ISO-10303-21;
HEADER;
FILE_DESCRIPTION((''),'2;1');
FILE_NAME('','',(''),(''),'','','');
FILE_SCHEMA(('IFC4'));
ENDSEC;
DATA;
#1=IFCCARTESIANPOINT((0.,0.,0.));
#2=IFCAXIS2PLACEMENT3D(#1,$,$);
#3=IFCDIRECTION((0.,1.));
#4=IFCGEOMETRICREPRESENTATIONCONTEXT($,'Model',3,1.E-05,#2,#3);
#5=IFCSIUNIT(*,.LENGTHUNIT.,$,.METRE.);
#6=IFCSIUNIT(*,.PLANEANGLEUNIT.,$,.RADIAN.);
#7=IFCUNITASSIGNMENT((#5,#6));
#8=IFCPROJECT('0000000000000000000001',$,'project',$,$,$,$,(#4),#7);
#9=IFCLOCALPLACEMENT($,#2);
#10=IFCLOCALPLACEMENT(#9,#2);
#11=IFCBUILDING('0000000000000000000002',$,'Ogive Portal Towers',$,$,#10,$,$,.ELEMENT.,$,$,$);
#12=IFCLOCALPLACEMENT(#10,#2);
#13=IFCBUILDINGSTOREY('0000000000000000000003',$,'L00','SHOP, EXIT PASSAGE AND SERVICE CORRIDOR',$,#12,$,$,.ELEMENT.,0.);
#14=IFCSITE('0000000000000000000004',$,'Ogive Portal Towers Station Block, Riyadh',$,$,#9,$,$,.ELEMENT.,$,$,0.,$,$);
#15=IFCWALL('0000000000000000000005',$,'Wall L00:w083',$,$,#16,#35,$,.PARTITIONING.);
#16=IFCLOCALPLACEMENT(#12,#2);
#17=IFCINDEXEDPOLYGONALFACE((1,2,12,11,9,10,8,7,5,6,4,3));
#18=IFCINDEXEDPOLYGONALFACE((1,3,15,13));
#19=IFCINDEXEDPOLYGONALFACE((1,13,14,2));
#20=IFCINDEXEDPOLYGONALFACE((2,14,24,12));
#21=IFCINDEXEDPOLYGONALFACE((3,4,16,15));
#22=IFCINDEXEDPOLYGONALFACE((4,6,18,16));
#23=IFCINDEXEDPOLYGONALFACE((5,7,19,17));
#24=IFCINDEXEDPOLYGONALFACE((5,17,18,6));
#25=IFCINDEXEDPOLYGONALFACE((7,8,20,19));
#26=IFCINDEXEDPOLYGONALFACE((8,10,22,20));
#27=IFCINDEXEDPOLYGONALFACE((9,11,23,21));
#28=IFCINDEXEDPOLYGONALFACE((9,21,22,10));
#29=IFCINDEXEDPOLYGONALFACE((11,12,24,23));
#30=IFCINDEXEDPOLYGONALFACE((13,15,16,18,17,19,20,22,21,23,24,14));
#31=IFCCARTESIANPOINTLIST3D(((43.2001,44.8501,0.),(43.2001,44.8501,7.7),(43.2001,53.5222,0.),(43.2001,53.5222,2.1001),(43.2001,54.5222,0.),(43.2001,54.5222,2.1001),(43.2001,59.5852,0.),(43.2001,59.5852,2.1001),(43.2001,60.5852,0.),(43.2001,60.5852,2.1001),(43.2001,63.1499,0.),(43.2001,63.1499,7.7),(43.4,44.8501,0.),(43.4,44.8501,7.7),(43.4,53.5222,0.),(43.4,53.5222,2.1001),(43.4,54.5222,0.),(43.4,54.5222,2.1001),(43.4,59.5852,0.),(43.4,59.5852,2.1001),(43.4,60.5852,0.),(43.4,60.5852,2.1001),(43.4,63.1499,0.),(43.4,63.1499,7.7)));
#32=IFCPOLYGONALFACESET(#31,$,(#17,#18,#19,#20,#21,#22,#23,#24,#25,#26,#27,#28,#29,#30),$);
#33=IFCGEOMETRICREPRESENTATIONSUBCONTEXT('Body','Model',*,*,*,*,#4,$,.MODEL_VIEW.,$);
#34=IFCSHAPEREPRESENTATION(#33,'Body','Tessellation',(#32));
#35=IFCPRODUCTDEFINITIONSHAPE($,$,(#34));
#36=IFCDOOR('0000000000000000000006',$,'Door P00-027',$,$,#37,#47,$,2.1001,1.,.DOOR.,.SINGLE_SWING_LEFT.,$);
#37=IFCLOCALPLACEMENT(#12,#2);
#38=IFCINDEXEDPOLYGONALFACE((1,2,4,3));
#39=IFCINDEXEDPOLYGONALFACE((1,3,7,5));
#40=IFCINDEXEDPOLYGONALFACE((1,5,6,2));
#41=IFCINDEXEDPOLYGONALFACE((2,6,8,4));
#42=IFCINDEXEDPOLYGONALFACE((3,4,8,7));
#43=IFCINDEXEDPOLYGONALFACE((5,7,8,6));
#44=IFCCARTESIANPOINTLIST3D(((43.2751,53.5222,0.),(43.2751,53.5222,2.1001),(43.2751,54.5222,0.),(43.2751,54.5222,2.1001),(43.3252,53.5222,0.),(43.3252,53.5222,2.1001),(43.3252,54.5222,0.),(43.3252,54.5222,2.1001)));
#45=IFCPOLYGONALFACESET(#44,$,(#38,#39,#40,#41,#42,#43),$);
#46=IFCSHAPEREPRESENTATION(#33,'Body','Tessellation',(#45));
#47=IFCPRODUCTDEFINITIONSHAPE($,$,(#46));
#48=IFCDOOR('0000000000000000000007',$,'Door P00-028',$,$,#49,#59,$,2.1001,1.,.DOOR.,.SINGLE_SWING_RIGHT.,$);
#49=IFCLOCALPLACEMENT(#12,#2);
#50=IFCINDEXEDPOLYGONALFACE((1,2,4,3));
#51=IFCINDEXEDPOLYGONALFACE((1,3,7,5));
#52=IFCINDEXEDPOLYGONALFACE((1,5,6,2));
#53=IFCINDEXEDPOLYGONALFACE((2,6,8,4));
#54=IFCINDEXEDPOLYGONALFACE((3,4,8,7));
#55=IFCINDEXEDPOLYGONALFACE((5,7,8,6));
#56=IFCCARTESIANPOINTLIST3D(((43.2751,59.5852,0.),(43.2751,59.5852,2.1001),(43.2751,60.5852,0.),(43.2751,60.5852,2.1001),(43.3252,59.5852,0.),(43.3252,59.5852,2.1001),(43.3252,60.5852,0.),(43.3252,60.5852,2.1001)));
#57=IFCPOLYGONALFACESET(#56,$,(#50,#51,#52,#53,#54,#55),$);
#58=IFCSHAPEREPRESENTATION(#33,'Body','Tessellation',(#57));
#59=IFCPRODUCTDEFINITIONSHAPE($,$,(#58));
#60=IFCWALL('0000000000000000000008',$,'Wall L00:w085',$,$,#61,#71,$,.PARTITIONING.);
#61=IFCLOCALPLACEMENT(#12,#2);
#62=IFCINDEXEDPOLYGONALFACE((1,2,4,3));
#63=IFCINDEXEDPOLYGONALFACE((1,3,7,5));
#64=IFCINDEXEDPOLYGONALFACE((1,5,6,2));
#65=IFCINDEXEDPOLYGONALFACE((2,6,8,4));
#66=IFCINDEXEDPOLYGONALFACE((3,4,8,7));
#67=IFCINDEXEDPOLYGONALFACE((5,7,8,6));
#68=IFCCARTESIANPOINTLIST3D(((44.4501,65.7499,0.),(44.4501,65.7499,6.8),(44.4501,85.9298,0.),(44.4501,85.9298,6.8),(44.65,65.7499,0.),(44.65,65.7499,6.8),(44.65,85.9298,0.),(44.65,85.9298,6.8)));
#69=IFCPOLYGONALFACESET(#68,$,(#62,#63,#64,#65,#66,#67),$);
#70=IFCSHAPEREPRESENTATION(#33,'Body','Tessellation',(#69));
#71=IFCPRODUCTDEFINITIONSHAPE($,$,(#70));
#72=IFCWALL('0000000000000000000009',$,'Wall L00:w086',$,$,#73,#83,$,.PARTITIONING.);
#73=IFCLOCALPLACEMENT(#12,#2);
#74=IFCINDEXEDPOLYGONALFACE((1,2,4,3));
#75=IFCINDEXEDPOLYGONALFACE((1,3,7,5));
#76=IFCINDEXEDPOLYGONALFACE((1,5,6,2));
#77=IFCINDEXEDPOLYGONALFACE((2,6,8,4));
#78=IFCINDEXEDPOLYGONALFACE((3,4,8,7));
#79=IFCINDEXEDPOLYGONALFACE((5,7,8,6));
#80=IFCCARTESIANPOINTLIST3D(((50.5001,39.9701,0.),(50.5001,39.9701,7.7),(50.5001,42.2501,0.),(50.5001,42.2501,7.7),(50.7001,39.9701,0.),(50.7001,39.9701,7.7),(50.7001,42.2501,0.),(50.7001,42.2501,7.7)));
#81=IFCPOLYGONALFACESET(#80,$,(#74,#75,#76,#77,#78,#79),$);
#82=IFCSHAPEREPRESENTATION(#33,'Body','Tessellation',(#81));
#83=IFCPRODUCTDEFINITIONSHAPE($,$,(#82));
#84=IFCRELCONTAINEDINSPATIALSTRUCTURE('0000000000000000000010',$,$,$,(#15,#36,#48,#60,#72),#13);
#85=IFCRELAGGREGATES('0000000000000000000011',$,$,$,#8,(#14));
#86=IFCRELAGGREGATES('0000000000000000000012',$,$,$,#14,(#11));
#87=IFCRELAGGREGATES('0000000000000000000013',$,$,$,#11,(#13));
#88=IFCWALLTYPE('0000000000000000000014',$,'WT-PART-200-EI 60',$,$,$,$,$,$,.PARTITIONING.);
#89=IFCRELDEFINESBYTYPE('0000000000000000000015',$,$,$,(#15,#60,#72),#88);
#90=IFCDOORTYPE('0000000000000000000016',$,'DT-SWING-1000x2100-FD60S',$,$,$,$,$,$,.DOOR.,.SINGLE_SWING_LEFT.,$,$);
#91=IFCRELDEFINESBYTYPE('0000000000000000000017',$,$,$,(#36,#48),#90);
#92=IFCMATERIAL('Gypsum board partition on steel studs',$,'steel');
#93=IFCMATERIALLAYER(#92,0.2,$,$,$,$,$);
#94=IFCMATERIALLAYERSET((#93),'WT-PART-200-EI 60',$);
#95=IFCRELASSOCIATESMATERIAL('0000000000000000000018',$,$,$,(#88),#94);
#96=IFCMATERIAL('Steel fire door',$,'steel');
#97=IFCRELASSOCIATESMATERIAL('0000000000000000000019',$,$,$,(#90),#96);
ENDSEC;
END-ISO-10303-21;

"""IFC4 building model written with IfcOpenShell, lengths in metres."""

from ifc_helpers import new_model, si_unit, direction, frame, frame_2d, origin, place, context, subcontext, project, spatial, rectangle, extrude, material, layer, layer_set, type_object, element, fill, save


model = new_model("IFC4")

# Units and contexts
model_context = context("Model", 3, precision=1e-05, world=origin(), true_north=direction((0.0, 1.0)))
body_context = subcontext(model_context, "Body", "Model", "MODEL_VIEW")
ifc_project = project(units=[si_unit("LENGTHUNIT", "METRE"), si_unit("PLANEANGLEUNIT", "RADIAN")], contexts=[model_context])

# Site, building, storey
site_placement = place(None, origin())
site = spatial("IfcSite", under=ifc_project, at=site_placement, Name="Ogive Portal Towers Station Block, Riyadh", CompositionType="ELEMENT", RefElevation=0.0)
building_placement = place(site_placement, origin())
building = spatial("IfcBuilding", under=site, at=building_placement, Name="Ogive Portal Towers", CompositionType="ELEMENT")
storey_placement = place(building_placement, origin())
storey = spatial("IfcBuildingStorey", under=building, at=storey_placement, Name="L00", Description="SHOP, EXIT PASSAGE AND SERVICE CORRIDOR", CompositionType="ELEMENT", Elevation=0.0)

# Shared definitions
ifc_material_1 = material(Name="Gypsum board partition on steel studs", Category="steel")
ifc_layer_1 = layer(ifc_material_1, 0.2)
ifc_layer_set_1 = layer_set([ifc_layer_1], Name="WT-PART-200-EI 60")
wall_type_1 = type_object("IfcWallType", Name="WT-PART-200-EI 60", PredefinedType="PARTITIONING", material=ifc_layer_set_1)
ifc_material_2 = material(Name="Steel fire door", Category="steel")
door_type = type_object("IfcDoorType", Name="DT-SWING-1000x2100-FD60S", OperationType="SINGLE_SWING_LEFT", PredefinedType="DOOR", material=ifc_material_2)

# Wall, openings, doors
wall_1_placement = place(storey_placement, frame((43.3, 44.8501, 0.0), z_axis=(0.0, 0.0, 1.0), x_axis=(0.0, 1.0, 0.0)))
wall_1 = element("IfcWall", 1, at=wall_1_placement, inside=storey, type_object=wall_type_1, Name="Wall L00:w083", PredefinedType="PARTITIONING", context=body_context, shape_type="SweptSolid", body=[
    extrude(rectangle(XDim=18.2998, YDim=0.2, at=frame_2d((9.1499, 0.0))), origin(), (0.0, 0.0, 1.0), 7.7),
])
opening_1_placement = place(wall_1_placement, frame((8.6721, 0.0, 0.0)))
opening_1 = element("IfcOpeningElement", 2, at=opening_1_placement, cuts=wall_1, PredefinedType="OPENING", context=body_context, shape_type="SweptSolid", body=[
    extrude(rectangle(XDim=1.0, YDim=2.1001, at=frame_2d((0.5, 1.05))), frame((0.0, 0.1099, 0.0), z_axis=(0.0, -1.0, 0.0), x_axis=(1.0, 0.0, 0.0)), (0.0, 0.0, 1.0), 0.22),
])
opening_2_placement = place(wall_1_placement, frame((14.7351, 0.0, 0.0)))
opening_2 = element("IfcOpeningElement", 3, at=opening_2_placement, cuts=wall_1, PredefinedType="OPENING", context=body_context, shape_type="SweptSolid", body=[
    extrude(rectangle(XDim=1.0, YDim=2.1001, at=frame_2d((0.5, 1.05))), frame((0.0, 0.1099, 0.0), z_axis=(0.0, -1.0, 0.0), x_axis=(1.0, 0.0, 0.0)), (0.0, 0.0, 1.0), 0.22),
])
door_1_placement = place(opening_1_placement, origin())
door_1 = element("IfcDoor", 4, at=door_1_placement, inside=storey, type_object=door_type, Name="Door P00-027", OperationType="SINGLE_SWING_LEFT", OverallHeight=2.1001, OverallWidth=1.0, PredefinedType="DOOR", context=body_context, shape_type="SweptSolid", body=[
    extrude(rectangle(XDim=1.0, YDim=2.1001, at=frame_2d((0.5, 1.05))), frame((0.0, 0.0249, 0.0), z_axis=(0.0, -1.0, 0.0), x_axis=(1.0, 0.0, 0.0)), (0.0, 0.0, 1.0), 0.05),
])
fill(opening_1, door_1)
door_2_placement = place(opening_2_placement, origin())
door_2 = element("IfcDoor", 5, at=door_2_placement, inside=storey, type_object=door_type, Name="Door P00-028", OperationType="SINGLE_SWING_RIGHT", OverallHeight=2.1001, OverallWidth=1.0, PredefinedType="DOOR", context=body_context, shape_type="SweptSolid", body=[
    extrude(rectangle(XDim=1.0, YDim=2.1001, at=frame_2d((0.5, 1.05))), frame((0.0, 0.0249, 0.0), z_axis=(0.0, -1.0, 0.0), x_axis=(1.0, 0.0, 0.0)), (0.0, 0.0, 1.0), 0.05),
])
fill(opening_2, door_2)

# Walls
wall_2_placement = place(storey_placement, frame((44.55, 65.75, 0.0), z_axis=(0.0, 0.0, 1.0), x_axis=(0.0, 1.0, 0.0)))
element("IfcWall", 6, at=wall_2_placement, inside=storey, type_object=wall_type_1, Name="Wall L00:w085", PredefinedType="PARTITIONING", context=body_context, shape_type="SweptSolid", body=[
    extrude(rectangle(XDim=20.1799, YDim=0.2, at=frame_2d((10.0898, 0.0))), origin(), (0.0, 0.0, 1.0), 6.8),
])
wall_3_placement = place(storey_placement, frame((50.6001, 39.97, 0.0), z_axis=(0.0, 0.0, 1.0), x_axis=(0.0, 1.0, 0.0)))
element("IfcWall", 7, at=wall_3_placement, inside=storey, type_object=wall_type_1, Name="Wall L00:w086", PredefinedType="PARTITIONING", context=body_context, shape_type="SweptSolid", body=[
    extrude(rectangle(XDim=2.28, YDim=0.2, at=frame_2d((1.1401, 0.0))), origin(), (0.0, 0.0, 1.0), 7.7),
])

save(model, "model.ifc")
